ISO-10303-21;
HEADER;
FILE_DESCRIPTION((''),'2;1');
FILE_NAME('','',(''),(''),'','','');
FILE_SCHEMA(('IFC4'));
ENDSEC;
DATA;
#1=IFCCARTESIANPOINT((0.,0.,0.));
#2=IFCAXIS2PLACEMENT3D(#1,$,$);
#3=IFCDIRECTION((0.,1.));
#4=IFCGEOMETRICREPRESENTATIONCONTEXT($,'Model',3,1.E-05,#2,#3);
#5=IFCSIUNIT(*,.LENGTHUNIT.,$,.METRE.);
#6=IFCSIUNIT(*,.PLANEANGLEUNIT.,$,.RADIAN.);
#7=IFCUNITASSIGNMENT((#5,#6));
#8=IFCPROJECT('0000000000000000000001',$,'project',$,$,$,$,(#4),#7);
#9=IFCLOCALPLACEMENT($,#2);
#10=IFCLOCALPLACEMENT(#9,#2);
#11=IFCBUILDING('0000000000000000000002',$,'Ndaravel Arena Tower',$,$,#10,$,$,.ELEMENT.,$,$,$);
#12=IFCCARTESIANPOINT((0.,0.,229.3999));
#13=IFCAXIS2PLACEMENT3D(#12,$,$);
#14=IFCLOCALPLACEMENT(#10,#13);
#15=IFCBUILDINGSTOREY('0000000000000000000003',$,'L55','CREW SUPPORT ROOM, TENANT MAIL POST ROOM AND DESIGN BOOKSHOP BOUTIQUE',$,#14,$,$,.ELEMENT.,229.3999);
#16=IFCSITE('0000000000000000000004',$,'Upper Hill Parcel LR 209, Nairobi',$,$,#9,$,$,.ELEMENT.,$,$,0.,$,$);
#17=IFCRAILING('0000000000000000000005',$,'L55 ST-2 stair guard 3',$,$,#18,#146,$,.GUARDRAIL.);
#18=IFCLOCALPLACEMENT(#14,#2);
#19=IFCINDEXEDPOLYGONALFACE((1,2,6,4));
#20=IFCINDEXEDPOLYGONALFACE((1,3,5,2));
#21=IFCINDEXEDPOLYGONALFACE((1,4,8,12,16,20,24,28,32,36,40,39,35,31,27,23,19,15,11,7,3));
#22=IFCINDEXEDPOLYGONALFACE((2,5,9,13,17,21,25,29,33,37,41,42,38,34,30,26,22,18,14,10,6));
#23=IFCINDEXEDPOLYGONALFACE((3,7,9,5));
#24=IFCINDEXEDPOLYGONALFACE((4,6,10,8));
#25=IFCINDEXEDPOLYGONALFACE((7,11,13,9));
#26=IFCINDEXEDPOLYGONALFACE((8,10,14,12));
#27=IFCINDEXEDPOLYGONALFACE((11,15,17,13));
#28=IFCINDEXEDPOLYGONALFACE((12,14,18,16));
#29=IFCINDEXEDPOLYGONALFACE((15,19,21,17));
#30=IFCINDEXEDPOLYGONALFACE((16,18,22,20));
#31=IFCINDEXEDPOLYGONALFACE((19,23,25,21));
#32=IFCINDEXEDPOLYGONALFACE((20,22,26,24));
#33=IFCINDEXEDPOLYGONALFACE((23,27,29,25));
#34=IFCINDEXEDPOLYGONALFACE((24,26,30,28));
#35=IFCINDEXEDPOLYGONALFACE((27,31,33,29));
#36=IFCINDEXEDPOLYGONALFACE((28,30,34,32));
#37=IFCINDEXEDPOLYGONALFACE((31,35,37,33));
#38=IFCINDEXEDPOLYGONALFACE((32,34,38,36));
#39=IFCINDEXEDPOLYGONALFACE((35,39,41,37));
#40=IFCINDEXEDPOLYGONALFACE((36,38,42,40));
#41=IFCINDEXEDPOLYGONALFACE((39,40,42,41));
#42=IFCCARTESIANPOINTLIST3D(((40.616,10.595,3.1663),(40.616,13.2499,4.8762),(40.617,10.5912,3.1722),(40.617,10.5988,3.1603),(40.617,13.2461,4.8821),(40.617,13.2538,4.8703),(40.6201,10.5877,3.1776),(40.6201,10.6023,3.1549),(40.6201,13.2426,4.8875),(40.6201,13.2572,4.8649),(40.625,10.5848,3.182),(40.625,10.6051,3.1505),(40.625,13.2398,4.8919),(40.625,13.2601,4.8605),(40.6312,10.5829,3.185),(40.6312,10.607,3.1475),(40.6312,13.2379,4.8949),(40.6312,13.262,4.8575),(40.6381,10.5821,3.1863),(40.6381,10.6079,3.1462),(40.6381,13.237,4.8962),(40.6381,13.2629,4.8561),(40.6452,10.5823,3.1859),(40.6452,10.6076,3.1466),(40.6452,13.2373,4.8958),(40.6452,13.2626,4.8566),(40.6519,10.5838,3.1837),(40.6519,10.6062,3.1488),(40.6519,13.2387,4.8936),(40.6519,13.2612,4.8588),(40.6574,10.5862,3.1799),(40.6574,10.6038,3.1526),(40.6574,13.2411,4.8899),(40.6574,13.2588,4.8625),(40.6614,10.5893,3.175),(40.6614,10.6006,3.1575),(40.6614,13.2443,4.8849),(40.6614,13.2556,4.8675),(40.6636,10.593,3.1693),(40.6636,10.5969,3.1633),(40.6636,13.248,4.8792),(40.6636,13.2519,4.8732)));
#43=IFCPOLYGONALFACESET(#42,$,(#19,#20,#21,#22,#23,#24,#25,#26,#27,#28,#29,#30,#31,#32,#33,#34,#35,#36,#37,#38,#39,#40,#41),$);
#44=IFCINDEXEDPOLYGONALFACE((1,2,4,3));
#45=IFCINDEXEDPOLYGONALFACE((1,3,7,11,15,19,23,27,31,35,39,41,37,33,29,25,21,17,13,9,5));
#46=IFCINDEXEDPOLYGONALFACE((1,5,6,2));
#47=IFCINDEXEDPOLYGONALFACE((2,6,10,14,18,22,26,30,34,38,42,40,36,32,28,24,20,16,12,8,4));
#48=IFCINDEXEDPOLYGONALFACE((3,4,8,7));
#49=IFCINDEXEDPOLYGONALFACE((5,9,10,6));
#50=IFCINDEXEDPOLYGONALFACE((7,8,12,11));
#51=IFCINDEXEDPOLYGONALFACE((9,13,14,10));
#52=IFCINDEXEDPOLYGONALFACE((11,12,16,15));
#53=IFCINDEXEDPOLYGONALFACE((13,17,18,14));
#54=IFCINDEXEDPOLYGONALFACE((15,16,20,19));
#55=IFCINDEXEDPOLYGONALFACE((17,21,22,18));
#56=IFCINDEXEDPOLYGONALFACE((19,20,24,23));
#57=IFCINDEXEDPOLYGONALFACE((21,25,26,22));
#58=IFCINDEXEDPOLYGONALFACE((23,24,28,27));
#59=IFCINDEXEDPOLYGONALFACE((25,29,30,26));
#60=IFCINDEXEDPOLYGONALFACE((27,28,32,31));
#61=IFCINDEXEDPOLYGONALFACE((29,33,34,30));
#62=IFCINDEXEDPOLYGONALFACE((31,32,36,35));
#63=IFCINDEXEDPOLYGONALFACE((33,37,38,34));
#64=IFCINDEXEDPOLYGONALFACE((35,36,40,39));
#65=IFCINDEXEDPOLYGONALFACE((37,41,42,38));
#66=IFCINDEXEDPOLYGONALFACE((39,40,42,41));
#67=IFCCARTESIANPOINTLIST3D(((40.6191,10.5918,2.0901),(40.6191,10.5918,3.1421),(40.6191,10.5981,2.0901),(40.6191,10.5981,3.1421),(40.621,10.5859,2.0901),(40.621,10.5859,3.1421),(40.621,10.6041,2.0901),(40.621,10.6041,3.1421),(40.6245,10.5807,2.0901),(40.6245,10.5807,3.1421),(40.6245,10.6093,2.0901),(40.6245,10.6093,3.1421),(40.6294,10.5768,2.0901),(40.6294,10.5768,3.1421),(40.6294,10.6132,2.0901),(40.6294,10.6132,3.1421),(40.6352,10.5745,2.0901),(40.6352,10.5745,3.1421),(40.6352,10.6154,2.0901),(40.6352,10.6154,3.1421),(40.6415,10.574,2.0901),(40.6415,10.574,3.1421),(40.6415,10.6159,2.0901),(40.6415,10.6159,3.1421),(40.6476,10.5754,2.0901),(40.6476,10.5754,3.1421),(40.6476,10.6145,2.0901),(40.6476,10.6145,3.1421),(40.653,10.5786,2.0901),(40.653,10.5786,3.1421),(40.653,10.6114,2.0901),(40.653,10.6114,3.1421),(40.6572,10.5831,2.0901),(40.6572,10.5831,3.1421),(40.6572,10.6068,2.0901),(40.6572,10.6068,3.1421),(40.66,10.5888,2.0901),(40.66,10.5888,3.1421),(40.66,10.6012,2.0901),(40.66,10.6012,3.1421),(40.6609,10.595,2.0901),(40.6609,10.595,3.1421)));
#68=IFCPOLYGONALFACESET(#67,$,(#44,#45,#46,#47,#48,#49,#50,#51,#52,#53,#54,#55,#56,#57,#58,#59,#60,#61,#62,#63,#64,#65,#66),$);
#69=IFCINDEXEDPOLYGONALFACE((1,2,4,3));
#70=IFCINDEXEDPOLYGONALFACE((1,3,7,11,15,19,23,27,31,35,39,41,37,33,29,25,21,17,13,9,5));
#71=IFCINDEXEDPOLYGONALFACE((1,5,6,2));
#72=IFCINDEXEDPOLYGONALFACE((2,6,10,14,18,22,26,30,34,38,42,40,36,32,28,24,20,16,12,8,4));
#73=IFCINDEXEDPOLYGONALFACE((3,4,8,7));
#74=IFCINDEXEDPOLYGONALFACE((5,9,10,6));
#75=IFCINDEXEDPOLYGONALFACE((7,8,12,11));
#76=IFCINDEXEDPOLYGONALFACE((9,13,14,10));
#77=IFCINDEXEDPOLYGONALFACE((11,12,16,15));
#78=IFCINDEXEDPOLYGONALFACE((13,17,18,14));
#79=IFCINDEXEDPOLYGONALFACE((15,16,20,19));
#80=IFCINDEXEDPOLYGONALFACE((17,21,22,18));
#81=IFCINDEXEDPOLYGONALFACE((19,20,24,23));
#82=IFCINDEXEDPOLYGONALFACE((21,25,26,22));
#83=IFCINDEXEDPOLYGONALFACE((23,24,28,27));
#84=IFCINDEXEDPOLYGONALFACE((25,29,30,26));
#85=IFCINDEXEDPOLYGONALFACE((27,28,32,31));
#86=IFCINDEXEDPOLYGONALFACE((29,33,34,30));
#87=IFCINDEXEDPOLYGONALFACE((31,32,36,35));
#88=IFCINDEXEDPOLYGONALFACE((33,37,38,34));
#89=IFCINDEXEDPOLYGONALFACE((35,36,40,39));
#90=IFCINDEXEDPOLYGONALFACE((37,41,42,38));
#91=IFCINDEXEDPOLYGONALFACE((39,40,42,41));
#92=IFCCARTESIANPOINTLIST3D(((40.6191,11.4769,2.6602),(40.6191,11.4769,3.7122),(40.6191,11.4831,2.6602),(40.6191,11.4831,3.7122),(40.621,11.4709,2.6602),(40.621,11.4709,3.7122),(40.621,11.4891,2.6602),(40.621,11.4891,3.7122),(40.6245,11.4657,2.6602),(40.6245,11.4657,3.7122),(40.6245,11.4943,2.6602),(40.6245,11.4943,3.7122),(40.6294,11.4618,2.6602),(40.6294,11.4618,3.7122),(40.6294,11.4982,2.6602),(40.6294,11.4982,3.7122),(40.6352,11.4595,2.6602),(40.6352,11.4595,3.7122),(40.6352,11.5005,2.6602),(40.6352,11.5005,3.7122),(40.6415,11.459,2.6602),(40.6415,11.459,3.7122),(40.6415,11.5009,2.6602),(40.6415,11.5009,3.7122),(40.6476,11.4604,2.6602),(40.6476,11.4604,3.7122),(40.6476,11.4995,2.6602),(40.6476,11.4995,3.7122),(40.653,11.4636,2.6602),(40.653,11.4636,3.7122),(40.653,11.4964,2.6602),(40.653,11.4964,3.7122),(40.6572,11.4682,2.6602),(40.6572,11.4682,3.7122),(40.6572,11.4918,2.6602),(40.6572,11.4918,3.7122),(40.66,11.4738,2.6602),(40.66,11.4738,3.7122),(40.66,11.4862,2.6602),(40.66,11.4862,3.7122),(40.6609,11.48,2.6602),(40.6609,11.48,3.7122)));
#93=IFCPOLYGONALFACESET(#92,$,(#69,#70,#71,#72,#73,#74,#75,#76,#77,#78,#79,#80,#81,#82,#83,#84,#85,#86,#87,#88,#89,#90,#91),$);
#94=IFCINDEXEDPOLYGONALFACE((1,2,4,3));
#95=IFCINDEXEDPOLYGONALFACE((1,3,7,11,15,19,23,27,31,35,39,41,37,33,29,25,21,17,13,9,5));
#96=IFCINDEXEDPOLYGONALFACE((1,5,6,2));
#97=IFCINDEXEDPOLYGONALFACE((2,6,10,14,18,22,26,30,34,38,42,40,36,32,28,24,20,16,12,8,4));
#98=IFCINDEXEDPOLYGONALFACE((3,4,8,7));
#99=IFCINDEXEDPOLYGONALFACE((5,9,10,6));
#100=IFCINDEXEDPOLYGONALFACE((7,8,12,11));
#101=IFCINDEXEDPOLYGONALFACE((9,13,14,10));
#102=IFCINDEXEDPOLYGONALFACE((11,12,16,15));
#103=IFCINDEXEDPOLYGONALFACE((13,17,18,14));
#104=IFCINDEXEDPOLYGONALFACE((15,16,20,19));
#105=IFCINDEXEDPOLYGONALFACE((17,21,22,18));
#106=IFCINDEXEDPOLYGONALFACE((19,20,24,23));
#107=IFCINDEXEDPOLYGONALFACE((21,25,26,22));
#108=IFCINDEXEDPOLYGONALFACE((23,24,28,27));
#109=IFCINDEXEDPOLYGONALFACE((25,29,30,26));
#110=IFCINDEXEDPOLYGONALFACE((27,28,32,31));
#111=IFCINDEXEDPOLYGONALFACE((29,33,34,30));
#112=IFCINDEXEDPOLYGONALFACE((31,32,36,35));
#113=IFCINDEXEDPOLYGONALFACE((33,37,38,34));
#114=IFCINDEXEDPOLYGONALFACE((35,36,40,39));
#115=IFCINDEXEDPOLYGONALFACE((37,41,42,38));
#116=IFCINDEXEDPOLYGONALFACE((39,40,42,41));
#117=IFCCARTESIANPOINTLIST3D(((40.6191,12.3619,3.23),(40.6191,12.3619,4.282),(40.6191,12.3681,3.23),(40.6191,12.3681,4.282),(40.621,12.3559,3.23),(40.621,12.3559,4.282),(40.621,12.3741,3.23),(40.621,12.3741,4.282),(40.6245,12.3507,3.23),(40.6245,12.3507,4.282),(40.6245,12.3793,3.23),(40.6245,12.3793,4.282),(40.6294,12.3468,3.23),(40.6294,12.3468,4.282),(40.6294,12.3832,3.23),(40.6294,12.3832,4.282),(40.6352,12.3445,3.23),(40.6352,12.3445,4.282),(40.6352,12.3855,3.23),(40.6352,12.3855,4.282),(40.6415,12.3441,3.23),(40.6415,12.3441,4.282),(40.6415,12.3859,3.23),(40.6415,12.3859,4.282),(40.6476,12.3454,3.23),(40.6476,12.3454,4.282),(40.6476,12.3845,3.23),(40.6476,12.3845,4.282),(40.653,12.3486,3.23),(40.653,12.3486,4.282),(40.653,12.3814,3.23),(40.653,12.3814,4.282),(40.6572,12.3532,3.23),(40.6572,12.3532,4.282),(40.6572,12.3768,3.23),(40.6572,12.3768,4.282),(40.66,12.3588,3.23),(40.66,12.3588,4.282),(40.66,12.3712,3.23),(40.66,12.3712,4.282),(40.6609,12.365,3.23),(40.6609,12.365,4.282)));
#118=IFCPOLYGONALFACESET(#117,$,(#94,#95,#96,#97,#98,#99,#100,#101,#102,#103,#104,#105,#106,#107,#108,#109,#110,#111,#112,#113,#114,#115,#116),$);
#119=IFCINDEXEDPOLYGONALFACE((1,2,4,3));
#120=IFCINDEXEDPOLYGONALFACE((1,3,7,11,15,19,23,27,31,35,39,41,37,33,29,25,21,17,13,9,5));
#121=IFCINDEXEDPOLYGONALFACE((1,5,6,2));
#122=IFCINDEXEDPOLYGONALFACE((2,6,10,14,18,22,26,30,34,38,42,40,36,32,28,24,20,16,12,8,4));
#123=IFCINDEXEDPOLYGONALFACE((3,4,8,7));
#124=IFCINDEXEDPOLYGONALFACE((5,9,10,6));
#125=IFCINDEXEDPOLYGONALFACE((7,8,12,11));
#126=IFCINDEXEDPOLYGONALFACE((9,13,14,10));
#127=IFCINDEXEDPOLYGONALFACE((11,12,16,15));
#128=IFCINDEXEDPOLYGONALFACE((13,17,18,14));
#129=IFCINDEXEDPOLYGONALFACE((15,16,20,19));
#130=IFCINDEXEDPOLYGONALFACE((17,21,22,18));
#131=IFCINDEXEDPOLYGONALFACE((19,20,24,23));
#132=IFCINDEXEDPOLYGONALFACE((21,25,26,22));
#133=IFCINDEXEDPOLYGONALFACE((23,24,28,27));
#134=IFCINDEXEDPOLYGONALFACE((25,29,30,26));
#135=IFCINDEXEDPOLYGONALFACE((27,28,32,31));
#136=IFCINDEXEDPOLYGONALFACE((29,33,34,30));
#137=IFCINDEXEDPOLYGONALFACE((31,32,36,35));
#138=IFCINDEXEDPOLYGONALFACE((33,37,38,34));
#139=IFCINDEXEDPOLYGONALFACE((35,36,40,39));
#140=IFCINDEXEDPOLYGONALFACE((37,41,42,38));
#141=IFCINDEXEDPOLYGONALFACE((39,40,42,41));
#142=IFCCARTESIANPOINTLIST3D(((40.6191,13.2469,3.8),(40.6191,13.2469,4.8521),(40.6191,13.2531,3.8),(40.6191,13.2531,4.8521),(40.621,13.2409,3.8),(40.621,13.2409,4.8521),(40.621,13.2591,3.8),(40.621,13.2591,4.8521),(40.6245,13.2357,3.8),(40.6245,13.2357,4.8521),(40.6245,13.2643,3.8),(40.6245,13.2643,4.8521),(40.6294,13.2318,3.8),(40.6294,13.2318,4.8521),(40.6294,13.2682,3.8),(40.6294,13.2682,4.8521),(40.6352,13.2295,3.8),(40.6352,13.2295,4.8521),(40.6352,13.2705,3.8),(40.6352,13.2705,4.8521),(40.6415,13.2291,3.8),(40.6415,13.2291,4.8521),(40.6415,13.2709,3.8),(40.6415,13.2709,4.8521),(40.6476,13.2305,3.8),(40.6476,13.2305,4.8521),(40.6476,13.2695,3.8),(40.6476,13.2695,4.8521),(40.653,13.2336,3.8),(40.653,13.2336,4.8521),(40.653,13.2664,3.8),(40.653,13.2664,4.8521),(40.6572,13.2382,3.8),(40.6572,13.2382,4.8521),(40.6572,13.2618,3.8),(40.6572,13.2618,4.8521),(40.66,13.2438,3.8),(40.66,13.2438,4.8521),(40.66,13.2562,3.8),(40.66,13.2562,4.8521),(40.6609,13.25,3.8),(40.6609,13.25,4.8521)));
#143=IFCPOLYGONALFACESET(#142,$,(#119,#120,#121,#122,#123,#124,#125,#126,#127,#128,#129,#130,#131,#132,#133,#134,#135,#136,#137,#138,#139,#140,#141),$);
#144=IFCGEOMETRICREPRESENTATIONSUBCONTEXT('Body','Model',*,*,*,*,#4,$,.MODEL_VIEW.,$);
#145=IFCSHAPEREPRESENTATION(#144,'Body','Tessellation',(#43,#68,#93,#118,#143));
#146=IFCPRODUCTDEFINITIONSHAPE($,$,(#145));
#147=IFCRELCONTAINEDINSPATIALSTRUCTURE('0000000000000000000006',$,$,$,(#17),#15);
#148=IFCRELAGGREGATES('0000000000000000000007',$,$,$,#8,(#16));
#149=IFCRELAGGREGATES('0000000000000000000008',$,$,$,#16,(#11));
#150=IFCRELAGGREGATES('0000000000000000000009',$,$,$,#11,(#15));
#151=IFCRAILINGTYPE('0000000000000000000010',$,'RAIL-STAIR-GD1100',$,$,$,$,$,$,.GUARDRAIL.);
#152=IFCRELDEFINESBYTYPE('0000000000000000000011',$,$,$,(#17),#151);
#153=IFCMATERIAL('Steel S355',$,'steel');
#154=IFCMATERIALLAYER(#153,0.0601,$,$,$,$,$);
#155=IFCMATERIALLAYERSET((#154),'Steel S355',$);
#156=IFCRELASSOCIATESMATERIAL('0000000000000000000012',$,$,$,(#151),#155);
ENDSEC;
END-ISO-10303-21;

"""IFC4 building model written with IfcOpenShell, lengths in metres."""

from ifc_helpers import new_model, si_unit, direction, frame, origin, origin_2d, place, context, subcontext, project, spatial, circle, extrude, material, layer, layer_set, type_object, element, save


model = new_model("IFC4")

# Units and contexts
model_context = context("Model", 3, precision=1e-05, world=origin(), true_north=direction((0.0, 1.0)))
body_context = subcontext(model_context, "Body", "Model", "MODEL_VIEW")
ifc_project = project(units=[si_unit("LENGTHUNIT", "METRE"), si_unit("PLANEANGLEUNIT", "RADIAN")], contexts=[model_context])

# Site, building, storey
site_placement = place(None, origin())
site = spatial("IfcSite", under=ifc_project, at=site_placement, Name="Upper Hill Parcel LR 209, Nairobi", CompositionType="ELEMENT", RefElevation=0.0)
building_placement = place(site_placement, origin())
building = spatial("IfcBuilding", under=site, at=building_placement, Name="Ndaravel Arena Tower", CompositionType="ELEMENT")
storey_placement = place(building_placement, frame((0.0, 0.0, 229.3999)))
storey = spatial("IfcBuildingStorey", under=building, at=storey_placement, Name="L55", Description="CREW SUPPORT ROOM, TENANT MAIL POST ROOM AND DESIGN BOOKSHOP BOUTIQUE", CompositionType="ELEMENT", Elevation=229.3999)

# Railing
ifc_material_1 = material(Name="Steel S355", Category="steel")
ifc_layer_1 = layer(ifc_material_1, 0.0601)
ifc_layer_set_1 = layer_set([ifc_layer_1], Name="Steel S355")
railing_type_1 = type_object("IfcRailingType", Name="RAIL-STAIR-GD1100", PredefinedType="GUARDRAIL", material=ifc_layer_set_1)
railing_1_placement = place(storey_placement, frame((40.6399, 10.595, 2.0901)))
element("IfcRailing", 1, at=railing_1_placement, inside=storey, type_object=railing_type_1, Name="L55 ST-2 stair guard 3", PredefinedType="GUARDRAIL", context=body_context, shape_type="SweptSolid", body=[
    extrude(circle(Radius=0.0239, at=origin_2d()), frame((0.0, 0.0, 1.0762), z_axis=(0.0, 0.840724, 0.541465), x_axis=(-1.0, 0.0, 0.0)), (0.0, 0.0, 1.0), 3.158),
    extrude(circle(Radius=0.021, at=origin_2d()), origin(), (0.0, 0.0, 1.0), 1.052),
    extrude(circle(Radius=0.021, at=origin_2d()), frame((0.0, 0.885, 0.5701)), (0.0, 0.0, 1.0), 1.052),
    extrude(circle(Radius=0.021, at=origin_2d()), frame((0.0, 1.77, 1.1399)), (0.0, 0.0, 1.0), 1.052),
    extrude(circle(Radius=0.021, at=origin_2d()), frame((0.0, 2.655, 1.71)), (0.0, 0.0, 1.0), 1.052),
])

save(model, "model.ifc")
